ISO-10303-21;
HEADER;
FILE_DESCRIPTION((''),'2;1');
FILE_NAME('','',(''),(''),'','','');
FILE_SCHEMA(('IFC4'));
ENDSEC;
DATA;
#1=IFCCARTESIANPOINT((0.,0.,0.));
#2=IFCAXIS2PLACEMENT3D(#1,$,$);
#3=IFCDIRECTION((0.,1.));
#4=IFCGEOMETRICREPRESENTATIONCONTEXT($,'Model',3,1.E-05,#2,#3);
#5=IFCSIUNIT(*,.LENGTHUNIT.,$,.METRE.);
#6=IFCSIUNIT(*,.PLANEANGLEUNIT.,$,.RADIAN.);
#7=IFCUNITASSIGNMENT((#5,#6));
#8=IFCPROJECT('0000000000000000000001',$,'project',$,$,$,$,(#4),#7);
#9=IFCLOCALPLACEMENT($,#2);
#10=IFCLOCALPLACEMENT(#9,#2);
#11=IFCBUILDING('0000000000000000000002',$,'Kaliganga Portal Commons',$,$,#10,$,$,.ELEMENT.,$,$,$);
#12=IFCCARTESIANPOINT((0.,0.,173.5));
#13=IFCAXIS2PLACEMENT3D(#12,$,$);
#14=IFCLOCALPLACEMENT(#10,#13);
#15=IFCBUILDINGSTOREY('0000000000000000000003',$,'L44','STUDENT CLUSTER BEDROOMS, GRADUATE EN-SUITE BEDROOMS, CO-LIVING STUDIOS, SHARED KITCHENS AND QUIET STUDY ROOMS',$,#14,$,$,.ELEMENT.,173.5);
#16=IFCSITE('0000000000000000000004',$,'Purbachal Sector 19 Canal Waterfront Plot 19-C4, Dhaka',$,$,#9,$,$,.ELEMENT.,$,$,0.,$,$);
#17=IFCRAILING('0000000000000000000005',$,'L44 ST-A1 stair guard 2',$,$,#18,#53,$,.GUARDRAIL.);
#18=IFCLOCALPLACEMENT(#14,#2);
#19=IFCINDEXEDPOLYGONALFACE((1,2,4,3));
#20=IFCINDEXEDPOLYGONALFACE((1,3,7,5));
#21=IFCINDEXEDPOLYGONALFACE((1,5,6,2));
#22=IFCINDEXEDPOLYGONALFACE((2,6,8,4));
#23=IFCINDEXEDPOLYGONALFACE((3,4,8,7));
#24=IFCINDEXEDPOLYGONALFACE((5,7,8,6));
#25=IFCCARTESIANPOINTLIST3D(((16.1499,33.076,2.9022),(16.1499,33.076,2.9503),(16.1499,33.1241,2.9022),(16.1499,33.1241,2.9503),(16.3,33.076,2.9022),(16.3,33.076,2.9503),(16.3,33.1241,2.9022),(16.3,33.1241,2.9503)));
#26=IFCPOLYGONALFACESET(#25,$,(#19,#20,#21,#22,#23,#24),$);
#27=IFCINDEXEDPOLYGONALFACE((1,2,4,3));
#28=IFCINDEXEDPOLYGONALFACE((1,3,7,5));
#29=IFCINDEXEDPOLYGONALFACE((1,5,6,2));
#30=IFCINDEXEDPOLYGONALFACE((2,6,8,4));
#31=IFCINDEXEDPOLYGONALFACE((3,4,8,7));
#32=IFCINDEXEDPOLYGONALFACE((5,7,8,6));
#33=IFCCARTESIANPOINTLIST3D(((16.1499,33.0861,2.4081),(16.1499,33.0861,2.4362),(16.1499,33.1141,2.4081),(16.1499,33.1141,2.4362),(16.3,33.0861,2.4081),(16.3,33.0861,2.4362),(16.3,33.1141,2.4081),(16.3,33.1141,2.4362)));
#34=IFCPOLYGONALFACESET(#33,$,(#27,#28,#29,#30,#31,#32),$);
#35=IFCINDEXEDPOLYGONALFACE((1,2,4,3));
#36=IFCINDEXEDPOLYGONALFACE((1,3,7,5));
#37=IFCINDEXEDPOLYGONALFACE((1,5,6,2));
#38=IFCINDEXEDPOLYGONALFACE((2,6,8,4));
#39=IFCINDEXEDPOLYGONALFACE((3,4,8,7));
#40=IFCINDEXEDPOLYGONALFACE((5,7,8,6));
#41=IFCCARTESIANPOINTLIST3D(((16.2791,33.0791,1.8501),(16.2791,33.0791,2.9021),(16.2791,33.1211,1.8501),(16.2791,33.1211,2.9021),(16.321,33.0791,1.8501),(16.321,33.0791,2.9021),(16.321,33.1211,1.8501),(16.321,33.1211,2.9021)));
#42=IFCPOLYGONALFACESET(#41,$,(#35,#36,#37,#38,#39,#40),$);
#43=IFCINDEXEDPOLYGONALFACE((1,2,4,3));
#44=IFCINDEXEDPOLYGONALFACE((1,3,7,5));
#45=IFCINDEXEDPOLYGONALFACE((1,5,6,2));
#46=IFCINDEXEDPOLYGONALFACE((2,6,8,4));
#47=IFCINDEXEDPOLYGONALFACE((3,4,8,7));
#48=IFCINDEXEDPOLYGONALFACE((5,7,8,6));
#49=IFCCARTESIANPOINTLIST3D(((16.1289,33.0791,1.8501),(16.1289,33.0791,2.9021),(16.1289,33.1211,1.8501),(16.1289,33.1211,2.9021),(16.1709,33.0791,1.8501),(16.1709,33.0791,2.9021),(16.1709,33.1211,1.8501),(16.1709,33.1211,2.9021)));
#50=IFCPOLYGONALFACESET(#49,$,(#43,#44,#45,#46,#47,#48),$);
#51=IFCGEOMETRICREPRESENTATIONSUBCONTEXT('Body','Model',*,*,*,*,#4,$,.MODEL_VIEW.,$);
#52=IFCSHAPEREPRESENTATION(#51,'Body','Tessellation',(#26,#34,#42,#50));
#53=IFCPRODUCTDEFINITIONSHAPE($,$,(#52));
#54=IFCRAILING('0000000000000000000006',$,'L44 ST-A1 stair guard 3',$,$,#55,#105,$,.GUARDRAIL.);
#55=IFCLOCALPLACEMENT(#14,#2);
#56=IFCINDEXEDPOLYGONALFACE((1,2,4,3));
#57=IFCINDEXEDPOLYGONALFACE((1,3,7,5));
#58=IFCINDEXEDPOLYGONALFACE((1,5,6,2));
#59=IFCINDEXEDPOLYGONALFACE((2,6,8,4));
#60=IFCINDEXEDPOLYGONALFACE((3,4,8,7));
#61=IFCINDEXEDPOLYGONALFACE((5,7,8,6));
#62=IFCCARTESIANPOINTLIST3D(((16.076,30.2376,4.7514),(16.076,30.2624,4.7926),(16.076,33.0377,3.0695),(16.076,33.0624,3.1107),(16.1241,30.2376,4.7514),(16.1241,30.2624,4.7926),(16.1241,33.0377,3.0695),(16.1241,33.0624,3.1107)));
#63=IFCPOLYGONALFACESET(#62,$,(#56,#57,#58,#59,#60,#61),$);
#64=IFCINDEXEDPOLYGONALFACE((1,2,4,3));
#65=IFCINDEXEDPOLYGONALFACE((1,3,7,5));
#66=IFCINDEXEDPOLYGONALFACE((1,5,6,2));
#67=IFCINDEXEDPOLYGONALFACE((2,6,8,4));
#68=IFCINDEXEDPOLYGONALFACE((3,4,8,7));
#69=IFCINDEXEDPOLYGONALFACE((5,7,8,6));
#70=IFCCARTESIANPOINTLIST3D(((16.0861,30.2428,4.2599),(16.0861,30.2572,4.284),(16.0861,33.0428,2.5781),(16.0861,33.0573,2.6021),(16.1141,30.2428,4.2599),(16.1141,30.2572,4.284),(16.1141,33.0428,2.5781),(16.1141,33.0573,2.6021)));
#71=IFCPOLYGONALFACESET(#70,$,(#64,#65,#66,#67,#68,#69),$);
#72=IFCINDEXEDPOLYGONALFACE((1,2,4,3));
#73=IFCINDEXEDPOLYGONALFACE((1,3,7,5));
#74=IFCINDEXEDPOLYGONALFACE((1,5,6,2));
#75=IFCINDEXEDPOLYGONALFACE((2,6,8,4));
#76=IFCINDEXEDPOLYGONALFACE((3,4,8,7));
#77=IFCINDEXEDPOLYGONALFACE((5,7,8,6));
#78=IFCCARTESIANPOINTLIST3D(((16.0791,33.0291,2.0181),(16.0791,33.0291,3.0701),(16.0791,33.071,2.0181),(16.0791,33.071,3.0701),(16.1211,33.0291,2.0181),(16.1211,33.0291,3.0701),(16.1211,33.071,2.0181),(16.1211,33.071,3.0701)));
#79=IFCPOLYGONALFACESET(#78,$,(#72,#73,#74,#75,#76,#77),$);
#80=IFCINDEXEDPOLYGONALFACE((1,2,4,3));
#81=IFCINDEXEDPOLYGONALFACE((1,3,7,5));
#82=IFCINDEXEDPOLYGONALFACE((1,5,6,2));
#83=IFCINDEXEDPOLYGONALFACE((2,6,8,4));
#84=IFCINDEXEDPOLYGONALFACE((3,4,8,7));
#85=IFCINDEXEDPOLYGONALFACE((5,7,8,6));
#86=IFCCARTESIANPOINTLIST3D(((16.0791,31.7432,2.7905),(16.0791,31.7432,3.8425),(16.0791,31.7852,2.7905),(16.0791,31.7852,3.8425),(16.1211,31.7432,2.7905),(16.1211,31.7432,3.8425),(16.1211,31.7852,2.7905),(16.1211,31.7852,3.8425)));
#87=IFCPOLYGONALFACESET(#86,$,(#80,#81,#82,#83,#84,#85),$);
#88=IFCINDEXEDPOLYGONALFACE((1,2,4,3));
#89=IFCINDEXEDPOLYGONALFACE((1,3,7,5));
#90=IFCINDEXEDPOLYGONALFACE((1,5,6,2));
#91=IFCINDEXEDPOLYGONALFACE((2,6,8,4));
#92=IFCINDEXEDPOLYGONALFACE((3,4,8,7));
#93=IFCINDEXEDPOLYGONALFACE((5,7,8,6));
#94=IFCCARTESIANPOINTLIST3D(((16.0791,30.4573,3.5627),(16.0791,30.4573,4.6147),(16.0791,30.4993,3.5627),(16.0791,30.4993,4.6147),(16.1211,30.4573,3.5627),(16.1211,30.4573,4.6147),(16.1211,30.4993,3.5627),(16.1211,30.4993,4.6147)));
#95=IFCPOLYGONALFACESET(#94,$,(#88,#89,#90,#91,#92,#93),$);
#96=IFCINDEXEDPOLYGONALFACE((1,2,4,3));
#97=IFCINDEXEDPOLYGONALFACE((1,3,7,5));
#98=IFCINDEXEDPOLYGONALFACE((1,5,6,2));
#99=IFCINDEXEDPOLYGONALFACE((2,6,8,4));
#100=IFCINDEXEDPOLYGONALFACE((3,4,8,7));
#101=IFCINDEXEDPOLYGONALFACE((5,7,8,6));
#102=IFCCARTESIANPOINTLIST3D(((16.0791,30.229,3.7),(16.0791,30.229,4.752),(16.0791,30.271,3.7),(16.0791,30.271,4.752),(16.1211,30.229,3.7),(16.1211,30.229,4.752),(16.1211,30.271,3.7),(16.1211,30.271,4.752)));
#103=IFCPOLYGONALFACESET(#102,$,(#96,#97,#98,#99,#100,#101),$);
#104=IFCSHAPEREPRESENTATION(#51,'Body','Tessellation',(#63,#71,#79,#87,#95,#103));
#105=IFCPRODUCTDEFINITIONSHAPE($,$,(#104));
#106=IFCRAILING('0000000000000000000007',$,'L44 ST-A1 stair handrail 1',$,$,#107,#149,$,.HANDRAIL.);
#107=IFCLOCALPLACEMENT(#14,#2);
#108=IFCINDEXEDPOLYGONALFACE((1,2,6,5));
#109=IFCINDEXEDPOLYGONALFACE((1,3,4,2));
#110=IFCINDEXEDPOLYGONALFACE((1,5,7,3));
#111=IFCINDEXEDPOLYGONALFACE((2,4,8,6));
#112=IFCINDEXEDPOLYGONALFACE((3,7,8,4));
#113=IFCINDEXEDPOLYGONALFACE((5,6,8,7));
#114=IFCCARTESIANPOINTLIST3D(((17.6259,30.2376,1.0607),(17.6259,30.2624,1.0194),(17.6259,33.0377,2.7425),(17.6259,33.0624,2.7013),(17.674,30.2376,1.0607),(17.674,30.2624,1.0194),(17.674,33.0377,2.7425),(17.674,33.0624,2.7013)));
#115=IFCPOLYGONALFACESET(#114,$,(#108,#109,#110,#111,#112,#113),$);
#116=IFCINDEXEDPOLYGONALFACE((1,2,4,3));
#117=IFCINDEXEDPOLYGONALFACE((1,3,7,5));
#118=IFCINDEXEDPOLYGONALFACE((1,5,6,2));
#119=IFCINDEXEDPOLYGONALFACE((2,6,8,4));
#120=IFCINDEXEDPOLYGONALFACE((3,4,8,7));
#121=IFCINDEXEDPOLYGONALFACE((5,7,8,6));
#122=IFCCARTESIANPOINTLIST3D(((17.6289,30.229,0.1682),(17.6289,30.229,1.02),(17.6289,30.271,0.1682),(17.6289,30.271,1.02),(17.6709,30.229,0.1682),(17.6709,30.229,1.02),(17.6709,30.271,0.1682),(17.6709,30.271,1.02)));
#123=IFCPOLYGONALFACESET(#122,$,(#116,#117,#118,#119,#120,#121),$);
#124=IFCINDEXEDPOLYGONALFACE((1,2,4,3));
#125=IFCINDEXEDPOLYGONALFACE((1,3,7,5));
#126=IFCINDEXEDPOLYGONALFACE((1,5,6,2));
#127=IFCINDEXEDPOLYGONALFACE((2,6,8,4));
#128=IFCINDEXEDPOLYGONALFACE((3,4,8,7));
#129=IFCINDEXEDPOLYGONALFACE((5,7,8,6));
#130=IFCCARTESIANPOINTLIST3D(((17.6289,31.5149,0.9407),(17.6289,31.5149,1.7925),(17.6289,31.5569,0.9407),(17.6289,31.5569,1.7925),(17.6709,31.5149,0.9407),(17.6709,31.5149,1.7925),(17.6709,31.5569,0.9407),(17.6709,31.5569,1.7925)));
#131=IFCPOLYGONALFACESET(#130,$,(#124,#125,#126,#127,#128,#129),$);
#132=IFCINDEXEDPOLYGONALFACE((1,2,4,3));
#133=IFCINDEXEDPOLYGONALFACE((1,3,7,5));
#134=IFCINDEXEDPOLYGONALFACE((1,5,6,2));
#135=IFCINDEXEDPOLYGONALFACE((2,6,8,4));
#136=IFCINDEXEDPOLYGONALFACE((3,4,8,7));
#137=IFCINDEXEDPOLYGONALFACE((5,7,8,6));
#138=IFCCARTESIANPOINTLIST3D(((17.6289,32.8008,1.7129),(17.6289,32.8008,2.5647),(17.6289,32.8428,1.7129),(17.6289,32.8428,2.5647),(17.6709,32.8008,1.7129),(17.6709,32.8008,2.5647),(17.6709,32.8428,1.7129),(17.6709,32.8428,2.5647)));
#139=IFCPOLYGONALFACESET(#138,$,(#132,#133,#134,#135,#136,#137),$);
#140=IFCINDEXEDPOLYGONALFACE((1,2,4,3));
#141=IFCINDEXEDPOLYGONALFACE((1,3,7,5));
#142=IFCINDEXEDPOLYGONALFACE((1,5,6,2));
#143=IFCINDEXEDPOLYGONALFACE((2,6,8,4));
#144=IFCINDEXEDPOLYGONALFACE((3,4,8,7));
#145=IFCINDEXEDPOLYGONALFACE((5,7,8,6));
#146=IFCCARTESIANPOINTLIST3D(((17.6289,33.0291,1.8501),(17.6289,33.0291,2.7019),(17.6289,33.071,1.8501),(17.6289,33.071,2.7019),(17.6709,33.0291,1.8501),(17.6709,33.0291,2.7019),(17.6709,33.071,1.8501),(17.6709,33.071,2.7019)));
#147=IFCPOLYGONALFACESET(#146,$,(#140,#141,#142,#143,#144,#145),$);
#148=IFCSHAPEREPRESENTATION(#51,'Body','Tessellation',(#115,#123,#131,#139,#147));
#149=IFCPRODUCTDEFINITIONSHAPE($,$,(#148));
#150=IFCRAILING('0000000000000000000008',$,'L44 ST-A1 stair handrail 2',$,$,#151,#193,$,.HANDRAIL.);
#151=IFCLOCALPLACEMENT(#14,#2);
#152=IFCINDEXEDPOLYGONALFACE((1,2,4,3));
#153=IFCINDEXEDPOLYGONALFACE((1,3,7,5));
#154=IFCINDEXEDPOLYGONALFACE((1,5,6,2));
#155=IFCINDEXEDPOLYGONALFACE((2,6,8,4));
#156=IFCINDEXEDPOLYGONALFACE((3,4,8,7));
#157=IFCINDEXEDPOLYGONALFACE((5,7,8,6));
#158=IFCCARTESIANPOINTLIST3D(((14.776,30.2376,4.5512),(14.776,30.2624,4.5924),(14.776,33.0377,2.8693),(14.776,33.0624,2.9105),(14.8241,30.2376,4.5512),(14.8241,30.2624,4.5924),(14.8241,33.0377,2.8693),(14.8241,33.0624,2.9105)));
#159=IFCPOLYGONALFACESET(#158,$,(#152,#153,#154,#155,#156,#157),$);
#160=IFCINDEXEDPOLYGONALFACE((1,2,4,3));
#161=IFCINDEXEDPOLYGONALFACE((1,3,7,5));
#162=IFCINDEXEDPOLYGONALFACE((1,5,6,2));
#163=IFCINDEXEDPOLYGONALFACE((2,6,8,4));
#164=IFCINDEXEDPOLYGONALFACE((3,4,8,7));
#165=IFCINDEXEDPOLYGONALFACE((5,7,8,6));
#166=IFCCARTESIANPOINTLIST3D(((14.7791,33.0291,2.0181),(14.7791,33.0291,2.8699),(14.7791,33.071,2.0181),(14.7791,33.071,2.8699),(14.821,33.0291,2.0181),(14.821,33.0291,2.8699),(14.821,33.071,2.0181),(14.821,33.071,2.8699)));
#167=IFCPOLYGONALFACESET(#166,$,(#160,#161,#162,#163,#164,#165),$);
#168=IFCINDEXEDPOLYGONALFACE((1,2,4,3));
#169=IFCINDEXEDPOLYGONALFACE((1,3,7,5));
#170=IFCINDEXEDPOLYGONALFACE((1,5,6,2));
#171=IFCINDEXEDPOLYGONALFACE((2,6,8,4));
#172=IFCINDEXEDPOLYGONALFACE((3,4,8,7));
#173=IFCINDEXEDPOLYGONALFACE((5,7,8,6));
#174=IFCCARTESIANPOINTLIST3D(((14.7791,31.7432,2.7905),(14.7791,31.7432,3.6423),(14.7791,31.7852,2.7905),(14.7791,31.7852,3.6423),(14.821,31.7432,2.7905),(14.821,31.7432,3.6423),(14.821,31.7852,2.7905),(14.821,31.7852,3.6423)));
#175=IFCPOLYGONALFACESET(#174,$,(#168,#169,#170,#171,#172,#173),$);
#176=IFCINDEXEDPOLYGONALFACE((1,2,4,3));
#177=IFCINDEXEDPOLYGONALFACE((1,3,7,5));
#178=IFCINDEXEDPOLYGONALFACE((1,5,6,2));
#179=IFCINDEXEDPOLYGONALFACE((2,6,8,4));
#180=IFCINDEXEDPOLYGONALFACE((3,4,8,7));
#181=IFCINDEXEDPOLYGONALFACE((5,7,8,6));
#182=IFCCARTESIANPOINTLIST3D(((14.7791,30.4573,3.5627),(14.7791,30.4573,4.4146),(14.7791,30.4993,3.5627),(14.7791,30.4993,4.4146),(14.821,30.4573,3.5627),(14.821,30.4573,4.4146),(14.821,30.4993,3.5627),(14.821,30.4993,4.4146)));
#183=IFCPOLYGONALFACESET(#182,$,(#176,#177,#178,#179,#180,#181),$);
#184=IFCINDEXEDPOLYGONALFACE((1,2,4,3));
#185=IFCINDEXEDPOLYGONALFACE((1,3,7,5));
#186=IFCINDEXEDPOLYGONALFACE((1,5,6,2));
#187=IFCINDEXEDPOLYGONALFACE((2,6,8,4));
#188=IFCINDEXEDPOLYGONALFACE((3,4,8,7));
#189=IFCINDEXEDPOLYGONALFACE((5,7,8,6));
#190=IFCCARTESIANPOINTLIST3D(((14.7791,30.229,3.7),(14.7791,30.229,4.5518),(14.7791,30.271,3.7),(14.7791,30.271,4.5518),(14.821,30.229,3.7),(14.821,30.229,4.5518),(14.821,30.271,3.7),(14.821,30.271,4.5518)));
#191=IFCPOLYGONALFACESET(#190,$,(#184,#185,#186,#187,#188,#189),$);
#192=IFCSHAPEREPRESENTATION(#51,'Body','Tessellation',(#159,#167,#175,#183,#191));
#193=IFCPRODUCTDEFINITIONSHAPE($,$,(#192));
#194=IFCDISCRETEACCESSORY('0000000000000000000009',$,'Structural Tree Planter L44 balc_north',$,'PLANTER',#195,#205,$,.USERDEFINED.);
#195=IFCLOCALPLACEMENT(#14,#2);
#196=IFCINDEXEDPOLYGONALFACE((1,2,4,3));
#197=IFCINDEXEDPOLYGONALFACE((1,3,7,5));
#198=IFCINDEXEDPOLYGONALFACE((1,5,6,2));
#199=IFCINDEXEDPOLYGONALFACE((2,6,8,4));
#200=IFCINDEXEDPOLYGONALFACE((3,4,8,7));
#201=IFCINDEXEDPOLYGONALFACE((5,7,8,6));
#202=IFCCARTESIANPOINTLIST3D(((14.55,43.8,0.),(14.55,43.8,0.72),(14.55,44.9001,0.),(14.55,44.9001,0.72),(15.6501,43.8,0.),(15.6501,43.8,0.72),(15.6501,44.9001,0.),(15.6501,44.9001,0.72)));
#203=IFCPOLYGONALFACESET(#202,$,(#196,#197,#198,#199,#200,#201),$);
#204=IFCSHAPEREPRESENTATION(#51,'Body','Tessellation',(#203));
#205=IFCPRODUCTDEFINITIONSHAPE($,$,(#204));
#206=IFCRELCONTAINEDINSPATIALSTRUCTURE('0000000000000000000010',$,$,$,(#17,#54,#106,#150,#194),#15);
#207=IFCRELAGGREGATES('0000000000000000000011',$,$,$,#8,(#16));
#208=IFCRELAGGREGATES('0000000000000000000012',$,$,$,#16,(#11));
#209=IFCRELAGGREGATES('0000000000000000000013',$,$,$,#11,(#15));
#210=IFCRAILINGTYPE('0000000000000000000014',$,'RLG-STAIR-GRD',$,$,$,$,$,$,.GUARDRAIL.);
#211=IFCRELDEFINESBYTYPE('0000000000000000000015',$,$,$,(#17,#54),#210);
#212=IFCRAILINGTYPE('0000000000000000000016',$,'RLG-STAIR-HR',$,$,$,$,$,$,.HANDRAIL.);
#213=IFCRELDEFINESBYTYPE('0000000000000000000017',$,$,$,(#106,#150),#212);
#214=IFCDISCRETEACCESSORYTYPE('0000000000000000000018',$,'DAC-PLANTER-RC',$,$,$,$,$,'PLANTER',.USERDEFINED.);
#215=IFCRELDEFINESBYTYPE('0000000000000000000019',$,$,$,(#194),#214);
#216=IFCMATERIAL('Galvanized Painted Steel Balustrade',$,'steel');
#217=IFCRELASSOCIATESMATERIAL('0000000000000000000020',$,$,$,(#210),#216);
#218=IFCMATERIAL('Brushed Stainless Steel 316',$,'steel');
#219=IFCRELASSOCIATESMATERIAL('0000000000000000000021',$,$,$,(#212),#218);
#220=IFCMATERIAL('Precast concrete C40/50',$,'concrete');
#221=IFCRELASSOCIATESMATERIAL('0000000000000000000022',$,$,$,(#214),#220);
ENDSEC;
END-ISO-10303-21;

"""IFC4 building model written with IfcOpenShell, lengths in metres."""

from ifc_helpers import new_model, si_unit, direction, frame, origin, origin_2d, place, context, subcontext, project, spatial, rectangle, extrude, source, transform, mapped, material, type_object, element, save


model = new_model("IFC4")

# Units and contexts
model_context = context("Model", 3, precision=1e-05, world=origin(), true_north=direction((0.0, 1.0)))
body_context = subcontext(model_context, "Body", "Model", "MODEL_VIEW")
ifc_project = project(units=[si_unit("LENGTHUNIT", "METRE"), si_unit("PLANEANGLEUNIT", "RADIAN")], contexts=[model_context])

# Site, building, storey
site_placement = place(None, origin())
site = spatial("IfcSite", under=ifc_project, at=site_placement, Name="Purbachal Sector 19 Canal Waterfront Plot 19-C4, Dhaka", CompositionType="ELEMENT", RefElevation=0.0)
building_placement = place(site_placement, origin())
building = spatial("IfcBuilding", under=site, at=building_placement, Name="Kaliganga Portal Commons", CompositionType="ELEMENT")
storey_placement = place(building_placement, frame((0.0, 0.0, 173.5)))
storey = spatial("IfcBuildingStorey", under=building, at=storey_placement, Name="L44", Description="STUDENT CLUSTER BEDROOMS, GRADUATE EN-SUITE BEDROOMS, CO-LIVING STUDIOS, SHARED KITCHENS AND QUIET STUDY ROOMS", CompositionType="ELEMENT", Elevation=173.5)

# Railings
ifc_material_1 = material(Name="Galvanized Painted Steel Balustrade", Category="steel")
railing_type_1 = type_object("IfcRailingType", Name="RLG-STAIR-GRD", PredefinedType="GUARDRAIL", material=ifc_material_1)
railing_1_placement = place(storey_placement, frame((16.3, 33.1001, 1.8501)))
element("IfcRailing", 1, at=railing_1_placement, inside=storey, type_object=railing_type_1, Name="L44 ST-A1 stair guard 2", PredefinedType="GUARDRAIL", context=body_context, shape_type="SweptSolid", body=[
    extrude(rectangle(XDim=0.0481, YDim=0.0481, at=origin_2d()), frame((0.0, 0.0, 1.0762), z_axis=(-1.0, 0.0, 0.0), x_axis=(0.0, -1.0, 0.0)), (0.0, 0.0, 1.0), 0.1501),
    extrude(rectangle(XDim=0.0281, YDim=0.0281, at=origin_2d()), frame((0.0, 0.0, 0.572), z_axis=(-1.0, 0.0, 0.0), x_axis=(0.0, -1.0, 0.0)), (0.0, 0.0, 1.0), 0.1501),
    extrude(rectangle(XDim=0.042, YDim=0.042, at=origin_2d()), origin(), (0.0, 0.0, 1.0), 1.052),
    extrude(rectangle(XDim=0.042, YDim=0.042, at=origin_2d()), frame((-0.1501, 0.0, 0.0)), (0.0, 0.0, 1.0), 1.052),
])
railing_2_placement = place(storey_placement, frame((16.1001, 33.05, 2.0181)))
element("IfcRailing", 2, at=railing_2_placement, inside=storey, type_object=railing_type_1, Name="L44 ST-A1 stair guard 3", PredefinedType="GUARDRAIL", context=body_context, shape_type="SweptSolid", body=[
    extrude(rectangle(XDim=0.0481, YDim=0.0481, at=origin_2d()), frame((0.0, 0.0, 1.072), z_axis=(0.0, -0.857242, 0.514913), x_axis=(1.0, 0.0, 0.0)), (0.0, 0.0, 1.0), 3.2664),
    extrude(rectangle(XDim=0.0281, YDim=0.0281, at=origin_2d()), frame((0.0, 0.0, 0.572), z_axis=(0.0, -0.857242, 0.514913), x_axis=(1.0, 0.0, 0.0)), (0.0, 0.0, 1.0), 3.2664),
    extrude(rectangle(XDim=0.042, YDim=0.042, at=origin_2d()), origin(), (0.0, 0.0, 1.0), 1.052),
    extrude(rectangle(XDim=0.042, YDim=0.042, at=origin_2d()), frame((0.0, -1.2859, 0.7725)), (0.0, 0.0, 1.0), 1.052),
    extrude(rectangle(XDim=0.042, YDim=0.042, at=origin_2d()), frame((0.0, -2.5718, 1.5447)), (0.0, 0.0, 1.0), 1.052),
    extrude(rectangle(XDim=0.042, YDim=0.042, at=origin_2d()), frame((0.0, -2.8, 1.6819)), (0.0, 0.0, 1.0), 1.052),
])
ifc_material_2 = material(Name="Brushed Stainless Steel 316", Category="steel")
railing_type_2 = type_object("IfcRailingType", Name="RLG-STAIR-HR", PredefinedType="HANDRAIL", material=ifc_material_2)
railing_3_placement = place(storey_placement, frame((17.6499, 30.25, 0.1682)))
element("IfcRailing", 3, at=railing_3_placement, inside=storey, type_object=railing_type_2, Name="L44 ST-A1 stair handrail 1", PredefinedType="HANDRAIL", context=body_context, shape_type="SweptSolid", body=[
    extrude(rectangle(XDim=0.0481, YDim=0.0481, at=origin_2d()), frame((0.0, 0.0, 0.8718), z_axis=(0.0, 0.857242, 0.514913), x_axis=(-1.0, 0.0, 0.0)), (0.0, 0.0, 1.0), 3.2664),
    extrude(rectangle(XDim=0.042, YDim=0.042, at=origin_2d()), origin(), (0.0, 0.0, 1.0), 0.8518),
    extrude(rectangle(XDim=0.042, YDim=0.042, at=origin_2d()), frame((0.0, 1.2859, 0.7725)), (0.0, 0.0, 1.0), 0.8518),
    extrude(rectangle(XDim=0.042, YDim=0.042, at=origin_2d()), frame((0.0, 2.5718, 1.5447)), (0.0, 0.0, 1.0), 0.8518),
    extrude(rectangle(XDim=0.042, YDim=0.042, at=origin_2d()), frame((0.0, 2.8, 1.6819)), (0.0, 0.0, 1.0), 0.8518),
])
railing_4_placement = place(storey_placement, frame((14.8, 33.05, 2.0181)))
element("IfcRailing", 4, at=railing_4_placement, inside=storey, type_object=railing_type_2, Name="L44 ST-A1 stair handrail 2", PredefinedType="HANDRAIL", context=body_context, shape_type="SweptSolid", body=[
    extrude(rectangle(XDim=0.0481, YDim=0.0481, at=origin_2d()), frame((0.0, 0.0, 0.8718), z_axis=(0.0, -0.857242, 0.514913), x_axis=(1.0, 0.0, 0.0)), (0.0, 0.0, 1.0), 3.2664),
    extrude(rectangle(XDim=0.042, YDim=0.042, at=origin_2d()), origin(), (0.0, 0.0, 1.0), 0.8518),
    extrude(rectangle(XDim=0.042, YDim=0.042, at=origin_2d()), frame((0.0, -1.2859, 0.7725)), (0.0, 0.0, 1.0), 0.8518),
    extrude(rectangle(XDim=0.042, YDim=0.042, at=origin_2d()), frame((0.0, -2.5718, 1.5447)), (0.0, 0.0, 1.0), 0.8518),
    extrude(rectangle(XDim=0.042, YDim=0.042, at=origin_2d()), frame((0.0, -2.8, 1.6819)), (0.0, 0.0, 1.0), 0.8518),
])

# Discrete accessory
ifc_material_3 = material(Name="Precast concrete C40/50", Category="concrete")
discrete_accessory_type = type_object("IfcDiscreteAccessoryType", Name="DAC-PLANTER-RC", ElementType="PLANTER", PredefinedType="USERDEFINED", material=ifc_material_3)
shared_shape_1 = source(origin(), body_context, "Body", "SweptSolid", [
    extrude(rectangle(XDim=1.1001, YDim=1.1001, at=origin_2d()), origin(), (0.0, 0.0, 1.0), 0.72),
])
discrete_accessory_placement = place(storey_placement, frame((15.1001, 44.3501, 0.0), z_axis=(0.0, 0.0, 1.0), x_axis=(1.0, 0.0, 0.0)))
element("IfcDiscreteAccessory", 5, at=discrete_accessory_placement, inside=storey, type_object=discrete_accessory_type, Name="Structural Tree Planter L44 balc_north", ObjectType="PLANTER", PredefinedType="USERDEFINED", context=body_context, shape_type="MappedRepresentation", body=[
    mapped(shared_shape_1, transform((0.0, 0.0, 0.0), x_axis=(1.0, 0.0, 0.0), y_axis=(0.0, 1.0, 0.0), z_axis=(0.0, 0.0, 1.0), scale=1.0)),
])

save(model, "model.ifc")
